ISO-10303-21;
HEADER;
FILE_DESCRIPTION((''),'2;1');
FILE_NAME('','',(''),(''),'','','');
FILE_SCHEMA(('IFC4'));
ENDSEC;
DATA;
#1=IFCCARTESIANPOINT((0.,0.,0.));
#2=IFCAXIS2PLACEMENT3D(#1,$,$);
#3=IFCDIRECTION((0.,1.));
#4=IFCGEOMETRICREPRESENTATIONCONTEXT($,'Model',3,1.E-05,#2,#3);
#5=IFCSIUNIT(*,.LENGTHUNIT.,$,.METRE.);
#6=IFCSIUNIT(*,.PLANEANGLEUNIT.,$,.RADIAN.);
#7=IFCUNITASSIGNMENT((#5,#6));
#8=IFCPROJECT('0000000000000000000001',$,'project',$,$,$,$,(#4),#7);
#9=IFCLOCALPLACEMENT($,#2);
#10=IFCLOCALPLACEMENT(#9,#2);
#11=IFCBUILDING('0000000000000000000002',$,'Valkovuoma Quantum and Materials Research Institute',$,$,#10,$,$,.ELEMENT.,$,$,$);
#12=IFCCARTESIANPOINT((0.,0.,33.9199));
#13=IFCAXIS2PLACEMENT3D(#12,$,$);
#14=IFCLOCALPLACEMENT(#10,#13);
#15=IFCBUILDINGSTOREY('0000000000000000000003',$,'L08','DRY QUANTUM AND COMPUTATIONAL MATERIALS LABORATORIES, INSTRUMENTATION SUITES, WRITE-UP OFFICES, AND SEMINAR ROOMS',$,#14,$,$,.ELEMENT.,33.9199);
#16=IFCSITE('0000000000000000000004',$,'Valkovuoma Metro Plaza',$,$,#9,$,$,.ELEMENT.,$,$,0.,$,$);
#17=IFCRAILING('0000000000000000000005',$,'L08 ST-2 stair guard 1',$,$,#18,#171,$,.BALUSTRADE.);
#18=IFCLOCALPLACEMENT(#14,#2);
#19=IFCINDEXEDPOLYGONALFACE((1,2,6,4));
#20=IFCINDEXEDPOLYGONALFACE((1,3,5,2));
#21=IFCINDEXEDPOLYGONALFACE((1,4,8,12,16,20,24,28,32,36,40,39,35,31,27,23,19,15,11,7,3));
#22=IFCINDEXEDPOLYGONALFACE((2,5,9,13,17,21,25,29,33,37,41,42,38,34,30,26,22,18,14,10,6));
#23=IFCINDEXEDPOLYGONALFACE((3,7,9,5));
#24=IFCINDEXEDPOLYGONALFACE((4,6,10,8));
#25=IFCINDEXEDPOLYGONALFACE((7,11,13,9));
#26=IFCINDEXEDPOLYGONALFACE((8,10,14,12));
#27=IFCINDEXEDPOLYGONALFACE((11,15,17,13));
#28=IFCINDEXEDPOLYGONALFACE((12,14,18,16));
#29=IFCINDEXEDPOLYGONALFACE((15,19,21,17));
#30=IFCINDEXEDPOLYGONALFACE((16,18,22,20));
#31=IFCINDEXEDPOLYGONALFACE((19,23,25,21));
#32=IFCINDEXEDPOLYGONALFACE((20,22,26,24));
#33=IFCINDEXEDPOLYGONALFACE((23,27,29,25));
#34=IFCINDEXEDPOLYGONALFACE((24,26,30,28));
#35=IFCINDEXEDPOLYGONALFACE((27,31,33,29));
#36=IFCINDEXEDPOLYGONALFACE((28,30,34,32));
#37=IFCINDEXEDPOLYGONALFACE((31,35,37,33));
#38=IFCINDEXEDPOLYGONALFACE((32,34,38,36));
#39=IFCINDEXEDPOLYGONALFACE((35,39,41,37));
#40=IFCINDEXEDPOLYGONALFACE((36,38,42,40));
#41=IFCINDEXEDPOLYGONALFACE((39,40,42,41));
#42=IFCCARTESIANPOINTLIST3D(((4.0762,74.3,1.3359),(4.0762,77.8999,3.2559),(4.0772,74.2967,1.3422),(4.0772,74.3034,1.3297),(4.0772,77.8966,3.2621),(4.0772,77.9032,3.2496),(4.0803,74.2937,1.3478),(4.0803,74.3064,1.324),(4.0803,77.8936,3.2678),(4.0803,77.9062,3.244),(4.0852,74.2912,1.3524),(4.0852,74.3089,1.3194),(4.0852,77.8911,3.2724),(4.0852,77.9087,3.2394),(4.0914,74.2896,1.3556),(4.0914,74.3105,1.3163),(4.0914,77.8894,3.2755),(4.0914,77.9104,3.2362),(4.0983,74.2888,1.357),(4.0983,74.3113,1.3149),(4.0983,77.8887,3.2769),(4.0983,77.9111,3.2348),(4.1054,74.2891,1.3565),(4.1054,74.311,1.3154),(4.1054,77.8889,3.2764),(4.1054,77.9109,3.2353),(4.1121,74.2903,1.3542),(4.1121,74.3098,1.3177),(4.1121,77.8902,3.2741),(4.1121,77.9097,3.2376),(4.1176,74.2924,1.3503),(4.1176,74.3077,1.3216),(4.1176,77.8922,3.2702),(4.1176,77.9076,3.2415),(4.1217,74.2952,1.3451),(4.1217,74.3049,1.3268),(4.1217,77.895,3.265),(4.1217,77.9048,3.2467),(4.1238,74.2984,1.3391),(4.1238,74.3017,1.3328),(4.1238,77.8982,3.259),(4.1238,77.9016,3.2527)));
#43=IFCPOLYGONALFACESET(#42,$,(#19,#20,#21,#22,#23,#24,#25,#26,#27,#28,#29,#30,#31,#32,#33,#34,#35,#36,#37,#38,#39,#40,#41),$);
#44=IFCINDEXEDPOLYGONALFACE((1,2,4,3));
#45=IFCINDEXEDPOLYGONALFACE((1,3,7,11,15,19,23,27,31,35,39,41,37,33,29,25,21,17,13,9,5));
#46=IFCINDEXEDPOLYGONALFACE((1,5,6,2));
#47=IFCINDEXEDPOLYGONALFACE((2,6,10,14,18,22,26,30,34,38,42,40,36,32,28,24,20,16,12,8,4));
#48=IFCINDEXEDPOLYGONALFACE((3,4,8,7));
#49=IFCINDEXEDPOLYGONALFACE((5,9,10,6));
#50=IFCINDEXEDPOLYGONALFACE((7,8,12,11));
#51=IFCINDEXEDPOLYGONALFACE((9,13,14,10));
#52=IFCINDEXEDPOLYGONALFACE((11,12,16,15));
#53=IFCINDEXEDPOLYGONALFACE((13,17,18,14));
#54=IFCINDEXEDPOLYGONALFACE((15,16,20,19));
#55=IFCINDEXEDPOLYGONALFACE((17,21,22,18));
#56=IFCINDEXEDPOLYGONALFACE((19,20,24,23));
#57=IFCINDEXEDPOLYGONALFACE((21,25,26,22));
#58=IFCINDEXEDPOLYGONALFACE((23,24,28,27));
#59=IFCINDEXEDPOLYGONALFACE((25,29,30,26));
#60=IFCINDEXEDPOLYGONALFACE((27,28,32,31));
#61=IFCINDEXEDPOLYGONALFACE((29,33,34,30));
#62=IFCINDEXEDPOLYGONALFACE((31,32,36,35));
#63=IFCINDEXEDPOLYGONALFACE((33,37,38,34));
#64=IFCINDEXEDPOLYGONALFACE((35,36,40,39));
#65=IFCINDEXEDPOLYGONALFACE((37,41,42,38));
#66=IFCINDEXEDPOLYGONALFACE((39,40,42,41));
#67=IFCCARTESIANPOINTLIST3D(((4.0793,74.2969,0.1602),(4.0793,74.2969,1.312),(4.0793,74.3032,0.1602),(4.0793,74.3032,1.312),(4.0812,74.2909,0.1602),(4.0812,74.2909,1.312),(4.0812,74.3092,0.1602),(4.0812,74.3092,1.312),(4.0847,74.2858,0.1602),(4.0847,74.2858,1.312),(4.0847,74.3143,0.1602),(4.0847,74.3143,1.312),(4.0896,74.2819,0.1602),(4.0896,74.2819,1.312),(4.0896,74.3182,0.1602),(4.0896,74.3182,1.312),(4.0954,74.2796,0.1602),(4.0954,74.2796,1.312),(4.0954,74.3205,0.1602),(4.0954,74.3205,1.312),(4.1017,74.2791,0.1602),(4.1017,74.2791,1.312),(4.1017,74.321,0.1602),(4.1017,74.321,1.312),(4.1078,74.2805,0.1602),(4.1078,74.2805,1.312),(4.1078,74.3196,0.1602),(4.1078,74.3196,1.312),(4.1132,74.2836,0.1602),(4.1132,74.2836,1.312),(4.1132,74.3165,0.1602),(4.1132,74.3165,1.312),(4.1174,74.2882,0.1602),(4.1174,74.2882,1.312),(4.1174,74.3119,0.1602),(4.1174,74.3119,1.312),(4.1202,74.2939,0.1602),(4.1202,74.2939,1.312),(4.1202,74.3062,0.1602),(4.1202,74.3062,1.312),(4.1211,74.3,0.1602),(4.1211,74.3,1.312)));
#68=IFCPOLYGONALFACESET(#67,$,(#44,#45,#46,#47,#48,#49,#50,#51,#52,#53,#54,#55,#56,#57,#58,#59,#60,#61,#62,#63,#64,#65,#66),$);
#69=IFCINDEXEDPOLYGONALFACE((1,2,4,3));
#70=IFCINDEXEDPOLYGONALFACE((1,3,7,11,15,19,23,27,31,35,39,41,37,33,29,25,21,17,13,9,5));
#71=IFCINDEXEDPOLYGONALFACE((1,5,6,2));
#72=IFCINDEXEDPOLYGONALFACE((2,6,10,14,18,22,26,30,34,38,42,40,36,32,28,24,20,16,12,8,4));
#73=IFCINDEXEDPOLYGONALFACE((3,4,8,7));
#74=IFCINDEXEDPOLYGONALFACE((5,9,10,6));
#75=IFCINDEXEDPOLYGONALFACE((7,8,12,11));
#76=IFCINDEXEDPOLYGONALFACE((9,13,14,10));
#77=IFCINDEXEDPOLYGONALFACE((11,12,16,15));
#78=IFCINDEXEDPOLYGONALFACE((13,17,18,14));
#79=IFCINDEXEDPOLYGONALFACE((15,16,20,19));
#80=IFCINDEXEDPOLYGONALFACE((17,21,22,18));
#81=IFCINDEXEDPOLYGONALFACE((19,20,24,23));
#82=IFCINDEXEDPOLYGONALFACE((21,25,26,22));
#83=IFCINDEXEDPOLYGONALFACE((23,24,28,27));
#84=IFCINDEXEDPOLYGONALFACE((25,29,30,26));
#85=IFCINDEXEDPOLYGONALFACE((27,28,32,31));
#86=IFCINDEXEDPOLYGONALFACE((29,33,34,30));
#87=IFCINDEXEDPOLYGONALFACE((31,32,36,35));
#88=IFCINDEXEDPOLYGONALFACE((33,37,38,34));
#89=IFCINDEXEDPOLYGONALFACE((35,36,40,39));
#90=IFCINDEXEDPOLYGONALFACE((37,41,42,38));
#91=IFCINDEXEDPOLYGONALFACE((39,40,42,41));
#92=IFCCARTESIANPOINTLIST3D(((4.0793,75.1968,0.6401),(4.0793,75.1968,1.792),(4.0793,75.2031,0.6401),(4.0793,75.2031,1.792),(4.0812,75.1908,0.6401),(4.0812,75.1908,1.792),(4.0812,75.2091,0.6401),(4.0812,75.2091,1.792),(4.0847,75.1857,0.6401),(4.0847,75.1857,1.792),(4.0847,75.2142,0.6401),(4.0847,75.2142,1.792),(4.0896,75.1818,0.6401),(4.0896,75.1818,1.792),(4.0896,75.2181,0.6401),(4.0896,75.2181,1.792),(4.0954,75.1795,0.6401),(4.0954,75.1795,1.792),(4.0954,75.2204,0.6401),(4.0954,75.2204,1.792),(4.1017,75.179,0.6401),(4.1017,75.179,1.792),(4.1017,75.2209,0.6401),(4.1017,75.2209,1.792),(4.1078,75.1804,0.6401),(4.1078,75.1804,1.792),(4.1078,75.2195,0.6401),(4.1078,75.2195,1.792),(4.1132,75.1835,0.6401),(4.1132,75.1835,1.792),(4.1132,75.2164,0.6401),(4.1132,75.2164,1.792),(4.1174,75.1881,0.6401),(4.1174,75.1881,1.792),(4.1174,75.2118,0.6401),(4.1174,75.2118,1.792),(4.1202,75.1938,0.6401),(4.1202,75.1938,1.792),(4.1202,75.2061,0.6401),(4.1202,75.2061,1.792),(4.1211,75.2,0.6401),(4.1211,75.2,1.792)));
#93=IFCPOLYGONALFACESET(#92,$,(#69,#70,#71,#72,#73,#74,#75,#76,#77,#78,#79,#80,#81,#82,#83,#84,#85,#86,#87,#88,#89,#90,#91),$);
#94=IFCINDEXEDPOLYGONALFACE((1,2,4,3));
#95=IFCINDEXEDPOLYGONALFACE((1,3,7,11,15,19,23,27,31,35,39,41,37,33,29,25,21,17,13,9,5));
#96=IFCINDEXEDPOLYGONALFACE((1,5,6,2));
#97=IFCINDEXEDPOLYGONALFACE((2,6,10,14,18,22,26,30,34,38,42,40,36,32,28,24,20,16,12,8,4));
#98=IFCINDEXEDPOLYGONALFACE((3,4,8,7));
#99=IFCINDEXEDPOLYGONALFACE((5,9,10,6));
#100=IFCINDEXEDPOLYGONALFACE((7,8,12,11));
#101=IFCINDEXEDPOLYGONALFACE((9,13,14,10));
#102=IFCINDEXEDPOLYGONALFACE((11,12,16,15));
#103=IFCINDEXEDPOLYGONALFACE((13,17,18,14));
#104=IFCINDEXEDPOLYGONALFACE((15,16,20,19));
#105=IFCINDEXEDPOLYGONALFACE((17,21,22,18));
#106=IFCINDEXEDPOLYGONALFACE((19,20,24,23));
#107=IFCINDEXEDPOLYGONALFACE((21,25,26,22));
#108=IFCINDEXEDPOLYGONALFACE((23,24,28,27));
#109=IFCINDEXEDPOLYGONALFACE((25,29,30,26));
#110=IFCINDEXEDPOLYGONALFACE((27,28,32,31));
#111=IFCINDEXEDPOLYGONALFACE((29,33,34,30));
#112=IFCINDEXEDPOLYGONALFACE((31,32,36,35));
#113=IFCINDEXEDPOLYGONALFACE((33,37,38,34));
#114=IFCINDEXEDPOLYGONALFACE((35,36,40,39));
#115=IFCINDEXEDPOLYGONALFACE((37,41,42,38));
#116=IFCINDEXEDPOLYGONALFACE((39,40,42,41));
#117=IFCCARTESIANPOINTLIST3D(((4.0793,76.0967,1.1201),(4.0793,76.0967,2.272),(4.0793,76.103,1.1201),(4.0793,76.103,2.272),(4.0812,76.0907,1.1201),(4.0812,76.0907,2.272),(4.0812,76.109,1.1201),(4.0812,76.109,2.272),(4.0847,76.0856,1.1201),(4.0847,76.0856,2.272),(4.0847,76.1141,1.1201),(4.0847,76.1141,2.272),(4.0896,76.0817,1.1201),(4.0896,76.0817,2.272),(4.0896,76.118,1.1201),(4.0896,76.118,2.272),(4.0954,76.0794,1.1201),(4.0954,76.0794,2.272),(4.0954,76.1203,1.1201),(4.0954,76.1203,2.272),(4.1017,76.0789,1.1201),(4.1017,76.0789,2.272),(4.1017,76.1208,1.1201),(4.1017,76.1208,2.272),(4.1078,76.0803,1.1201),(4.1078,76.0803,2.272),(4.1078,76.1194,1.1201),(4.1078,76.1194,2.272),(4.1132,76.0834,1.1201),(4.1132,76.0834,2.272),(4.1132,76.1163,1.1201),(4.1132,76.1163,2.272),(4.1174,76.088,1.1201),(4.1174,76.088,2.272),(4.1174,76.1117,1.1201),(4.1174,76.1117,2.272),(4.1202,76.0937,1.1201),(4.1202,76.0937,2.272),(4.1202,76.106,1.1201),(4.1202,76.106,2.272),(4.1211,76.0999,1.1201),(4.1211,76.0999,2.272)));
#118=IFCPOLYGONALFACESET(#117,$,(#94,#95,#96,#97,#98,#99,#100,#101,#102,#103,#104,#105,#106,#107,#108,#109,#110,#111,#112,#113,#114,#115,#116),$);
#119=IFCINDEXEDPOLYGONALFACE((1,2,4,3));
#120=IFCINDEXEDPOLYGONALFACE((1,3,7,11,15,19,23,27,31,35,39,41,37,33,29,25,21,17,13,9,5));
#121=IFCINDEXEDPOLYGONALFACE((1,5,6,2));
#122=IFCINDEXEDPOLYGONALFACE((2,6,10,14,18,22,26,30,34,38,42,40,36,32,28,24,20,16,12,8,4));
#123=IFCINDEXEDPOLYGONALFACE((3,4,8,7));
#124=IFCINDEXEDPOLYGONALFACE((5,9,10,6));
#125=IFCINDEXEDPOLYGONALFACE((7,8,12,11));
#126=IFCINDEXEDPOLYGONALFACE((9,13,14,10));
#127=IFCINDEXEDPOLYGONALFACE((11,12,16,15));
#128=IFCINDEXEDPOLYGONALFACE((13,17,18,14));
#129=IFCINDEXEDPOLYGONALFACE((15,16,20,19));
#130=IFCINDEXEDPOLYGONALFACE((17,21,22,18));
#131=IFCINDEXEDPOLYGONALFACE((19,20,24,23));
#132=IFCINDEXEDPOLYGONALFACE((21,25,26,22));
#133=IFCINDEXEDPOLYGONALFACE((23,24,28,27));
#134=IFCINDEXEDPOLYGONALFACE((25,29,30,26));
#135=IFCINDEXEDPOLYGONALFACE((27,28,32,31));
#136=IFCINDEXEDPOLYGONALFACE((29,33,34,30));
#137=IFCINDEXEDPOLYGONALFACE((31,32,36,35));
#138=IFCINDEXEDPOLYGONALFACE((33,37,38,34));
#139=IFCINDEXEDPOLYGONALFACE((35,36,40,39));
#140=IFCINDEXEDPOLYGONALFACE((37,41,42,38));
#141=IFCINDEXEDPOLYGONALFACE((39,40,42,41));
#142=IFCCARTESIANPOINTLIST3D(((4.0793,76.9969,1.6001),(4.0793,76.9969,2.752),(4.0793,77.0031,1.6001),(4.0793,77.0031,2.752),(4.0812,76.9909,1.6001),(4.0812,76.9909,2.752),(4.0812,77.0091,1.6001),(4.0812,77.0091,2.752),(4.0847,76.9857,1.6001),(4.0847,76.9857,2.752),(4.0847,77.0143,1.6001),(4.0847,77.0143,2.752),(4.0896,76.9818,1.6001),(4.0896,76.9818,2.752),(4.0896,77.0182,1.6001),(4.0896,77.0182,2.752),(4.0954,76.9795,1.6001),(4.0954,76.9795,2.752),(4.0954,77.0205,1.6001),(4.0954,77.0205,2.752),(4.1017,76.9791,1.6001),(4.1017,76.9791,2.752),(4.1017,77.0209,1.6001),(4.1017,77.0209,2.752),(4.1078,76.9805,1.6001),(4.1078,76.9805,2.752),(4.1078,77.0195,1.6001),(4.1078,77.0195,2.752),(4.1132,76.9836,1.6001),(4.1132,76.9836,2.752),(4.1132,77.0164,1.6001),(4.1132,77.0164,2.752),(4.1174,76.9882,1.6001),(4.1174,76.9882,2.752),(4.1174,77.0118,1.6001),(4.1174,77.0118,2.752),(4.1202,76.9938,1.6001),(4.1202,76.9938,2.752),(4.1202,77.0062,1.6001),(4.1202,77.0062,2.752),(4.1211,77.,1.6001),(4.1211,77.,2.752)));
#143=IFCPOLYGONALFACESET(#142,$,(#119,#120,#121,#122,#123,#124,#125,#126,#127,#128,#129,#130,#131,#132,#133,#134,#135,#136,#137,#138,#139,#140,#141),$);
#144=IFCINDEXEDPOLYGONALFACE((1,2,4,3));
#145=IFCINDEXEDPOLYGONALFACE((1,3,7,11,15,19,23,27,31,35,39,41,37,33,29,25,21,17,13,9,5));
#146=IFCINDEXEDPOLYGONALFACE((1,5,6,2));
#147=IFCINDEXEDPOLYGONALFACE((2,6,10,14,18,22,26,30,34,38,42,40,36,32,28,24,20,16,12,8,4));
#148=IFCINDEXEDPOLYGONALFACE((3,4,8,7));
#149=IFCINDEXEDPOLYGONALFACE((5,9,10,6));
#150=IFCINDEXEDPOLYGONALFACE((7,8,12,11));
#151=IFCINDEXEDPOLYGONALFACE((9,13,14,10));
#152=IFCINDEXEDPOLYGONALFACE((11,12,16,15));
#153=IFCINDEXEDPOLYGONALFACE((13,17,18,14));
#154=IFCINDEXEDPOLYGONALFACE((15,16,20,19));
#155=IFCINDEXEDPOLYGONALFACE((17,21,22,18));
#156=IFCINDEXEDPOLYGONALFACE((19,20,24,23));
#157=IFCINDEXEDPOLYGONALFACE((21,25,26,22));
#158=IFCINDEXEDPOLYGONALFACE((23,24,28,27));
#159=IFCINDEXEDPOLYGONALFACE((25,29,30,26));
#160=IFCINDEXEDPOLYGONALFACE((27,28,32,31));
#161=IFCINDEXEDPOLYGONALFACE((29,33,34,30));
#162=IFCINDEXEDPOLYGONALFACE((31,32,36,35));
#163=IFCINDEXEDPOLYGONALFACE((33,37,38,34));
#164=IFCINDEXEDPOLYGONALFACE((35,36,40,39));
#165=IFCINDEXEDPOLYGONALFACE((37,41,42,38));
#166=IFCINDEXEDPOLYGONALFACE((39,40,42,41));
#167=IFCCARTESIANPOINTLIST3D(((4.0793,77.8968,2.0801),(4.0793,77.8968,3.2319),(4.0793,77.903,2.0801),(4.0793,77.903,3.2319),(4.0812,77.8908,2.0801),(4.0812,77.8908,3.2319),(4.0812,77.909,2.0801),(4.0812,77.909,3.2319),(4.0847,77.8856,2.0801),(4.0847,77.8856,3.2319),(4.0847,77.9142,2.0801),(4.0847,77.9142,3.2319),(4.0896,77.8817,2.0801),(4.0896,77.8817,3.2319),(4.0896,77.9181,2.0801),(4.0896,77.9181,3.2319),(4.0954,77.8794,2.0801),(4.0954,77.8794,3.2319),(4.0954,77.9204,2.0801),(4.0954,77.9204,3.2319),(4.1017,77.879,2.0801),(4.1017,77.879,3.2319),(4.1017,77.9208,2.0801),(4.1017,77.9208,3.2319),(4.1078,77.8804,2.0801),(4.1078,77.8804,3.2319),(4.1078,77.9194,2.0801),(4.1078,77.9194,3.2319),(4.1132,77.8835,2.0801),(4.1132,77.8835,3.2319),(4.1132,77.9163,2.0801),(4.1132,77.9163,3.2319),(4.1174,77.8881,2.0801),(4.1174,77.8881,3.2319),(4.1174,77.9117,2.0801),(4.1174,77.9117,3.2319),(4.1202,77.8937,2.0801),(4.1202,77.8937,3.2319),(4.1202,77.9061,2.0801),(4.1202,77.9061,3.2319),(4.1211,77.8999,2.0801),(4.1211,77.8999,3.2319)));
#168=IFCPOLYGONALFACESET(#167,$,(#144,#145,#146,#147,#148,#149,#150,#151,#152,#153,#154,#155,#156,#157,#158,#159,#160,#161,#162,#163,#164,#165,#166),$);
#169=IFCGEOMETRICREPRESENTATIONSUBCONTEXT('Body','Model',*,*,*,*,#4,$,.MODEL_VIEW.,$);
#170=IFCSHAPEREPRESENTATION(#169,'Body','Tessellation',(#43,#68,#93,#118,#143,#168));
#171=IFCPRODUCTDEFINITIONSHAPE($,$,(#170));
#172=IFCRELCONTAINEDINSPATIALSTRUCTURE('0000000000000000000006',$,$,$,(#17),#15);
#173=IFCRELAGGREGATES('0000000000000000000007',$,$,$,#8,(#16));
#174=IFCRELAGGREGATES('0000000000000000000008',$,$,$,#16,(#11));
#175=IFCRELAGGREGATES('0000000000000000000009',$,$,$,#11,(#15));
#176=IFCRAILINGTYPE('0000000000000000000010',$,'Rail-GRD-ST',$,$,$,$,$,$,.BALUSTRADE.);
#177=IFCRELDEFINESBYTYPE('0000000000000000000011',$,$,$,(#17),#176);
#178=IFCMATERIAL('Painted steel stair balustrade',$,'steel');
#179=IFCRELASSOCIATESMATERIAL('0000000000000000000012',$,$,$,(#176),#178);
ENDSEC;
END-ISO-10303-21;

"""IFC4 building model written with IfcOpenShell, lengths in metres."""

from ifc_helpers import new_model, si_unit, direction, frame, origin, origin_2d, place, context, subcontext, project, spatial, circle, extrude, material, type_object, element, save


model = new_model("IFC4")

# Units and contexts
model_context = context("Model", 3, precision=1e-05, world=origin(), true_north=direction((0.0, 1.0)))
body_context = subcontext(model_context, "Body", "Model", "MODEL_VIEW")
ifc_project = project(units=[si_unit("LENGTHUNIT", "METRE"), si_unit("PLANEANGLEUNIT", "RADIAN")], contexts=[model_context])

# Site, building, storey
site_placement = place(None, origin())
site = spatial("IfcSite", under=ifc_project, at=site_placement, Name="Valkovuoma Metro Plaza", CompositionType="ELEMENT", RefElevation=0.0)
building_placement = place(site_placement, origin())
building = spatial("IfcBuilding", under=site, at=building_placement, Name="Valkovuoma Quantum and Materials Research Institute", CompositionType="ELEMENT")
storey_placement = place(building_placement, frame((0.0, 0.0, 33.9199)))
storey = spatial("IfcBuildingStorey", under=building, at=storey_placement, Name="L08", Description="DRY QUANTUM AND COMPUTATIONAL MATERIALS LABORATORIES, INSTRUMENTATION SUITES, WRITE-UP OFFICES, AND SEMINAR ROOMS", CompositionType="ELEMENT", Elevation=33.9199)

# Railing
ifc_material_1 = material(Name="Painted steel stair balustrade", Category="steel")
railing_type_1 = type_object("IfcRailingType", Name="Rail-GRD-ST", PredefinedType="BALUSTRADE", material=ifc_material_1)
railing_1_placement = place(storey_placement, frame((4.1001, 74.3, 0.1602)))
element("IfcRailing", 1, at=railing_1_placement, inside=storey, type_object=railing_type_1, Name="L08 ST-2 stair guard 1", PredefinedType="BALUSTRADE", context=body_context, shape_type="SweptSolid", body=[
    extrude(circle(Radius=0.0239, at=origin_2d()), frame((0.0, 0.0, 1.1758), z_axis=(0.0, 0.882353, 0.470588), x_axis=(-1.0, 0.0, 0.0)), (0.0, 0.0, 1.0), 4.0798),
    extrude(circle(Radius=0.021, at=origin_2d()), origin(), (0.0, 0.0, 1.0), 1.1519),
    extrude(circle(Radius=0.021, at=origin_2d()), frame((0.0, 0.8999, 0.48)), (0.0, 0.0, 1.0), 1.1519),
    extrude(circle(Radius=0.021, at=origin_2d()), frame((0.0, 1.7998, 0.96)), (0.0, 0.0, 1.0), 1.1519),
    extrude(circle(Radius=0.021, at=origin_2d()), frame((0.0, 2.7, 1.4399)), (0.0, 0.0, 1.0), 1.1519),
    extrude(circle(Radius=0.021, at=origin_2d()), frame((0.0, 3.5999, 1.9199)), (0.0, 0.0, 1.0), 1.1519),
])

save(model, "model.ifc")
